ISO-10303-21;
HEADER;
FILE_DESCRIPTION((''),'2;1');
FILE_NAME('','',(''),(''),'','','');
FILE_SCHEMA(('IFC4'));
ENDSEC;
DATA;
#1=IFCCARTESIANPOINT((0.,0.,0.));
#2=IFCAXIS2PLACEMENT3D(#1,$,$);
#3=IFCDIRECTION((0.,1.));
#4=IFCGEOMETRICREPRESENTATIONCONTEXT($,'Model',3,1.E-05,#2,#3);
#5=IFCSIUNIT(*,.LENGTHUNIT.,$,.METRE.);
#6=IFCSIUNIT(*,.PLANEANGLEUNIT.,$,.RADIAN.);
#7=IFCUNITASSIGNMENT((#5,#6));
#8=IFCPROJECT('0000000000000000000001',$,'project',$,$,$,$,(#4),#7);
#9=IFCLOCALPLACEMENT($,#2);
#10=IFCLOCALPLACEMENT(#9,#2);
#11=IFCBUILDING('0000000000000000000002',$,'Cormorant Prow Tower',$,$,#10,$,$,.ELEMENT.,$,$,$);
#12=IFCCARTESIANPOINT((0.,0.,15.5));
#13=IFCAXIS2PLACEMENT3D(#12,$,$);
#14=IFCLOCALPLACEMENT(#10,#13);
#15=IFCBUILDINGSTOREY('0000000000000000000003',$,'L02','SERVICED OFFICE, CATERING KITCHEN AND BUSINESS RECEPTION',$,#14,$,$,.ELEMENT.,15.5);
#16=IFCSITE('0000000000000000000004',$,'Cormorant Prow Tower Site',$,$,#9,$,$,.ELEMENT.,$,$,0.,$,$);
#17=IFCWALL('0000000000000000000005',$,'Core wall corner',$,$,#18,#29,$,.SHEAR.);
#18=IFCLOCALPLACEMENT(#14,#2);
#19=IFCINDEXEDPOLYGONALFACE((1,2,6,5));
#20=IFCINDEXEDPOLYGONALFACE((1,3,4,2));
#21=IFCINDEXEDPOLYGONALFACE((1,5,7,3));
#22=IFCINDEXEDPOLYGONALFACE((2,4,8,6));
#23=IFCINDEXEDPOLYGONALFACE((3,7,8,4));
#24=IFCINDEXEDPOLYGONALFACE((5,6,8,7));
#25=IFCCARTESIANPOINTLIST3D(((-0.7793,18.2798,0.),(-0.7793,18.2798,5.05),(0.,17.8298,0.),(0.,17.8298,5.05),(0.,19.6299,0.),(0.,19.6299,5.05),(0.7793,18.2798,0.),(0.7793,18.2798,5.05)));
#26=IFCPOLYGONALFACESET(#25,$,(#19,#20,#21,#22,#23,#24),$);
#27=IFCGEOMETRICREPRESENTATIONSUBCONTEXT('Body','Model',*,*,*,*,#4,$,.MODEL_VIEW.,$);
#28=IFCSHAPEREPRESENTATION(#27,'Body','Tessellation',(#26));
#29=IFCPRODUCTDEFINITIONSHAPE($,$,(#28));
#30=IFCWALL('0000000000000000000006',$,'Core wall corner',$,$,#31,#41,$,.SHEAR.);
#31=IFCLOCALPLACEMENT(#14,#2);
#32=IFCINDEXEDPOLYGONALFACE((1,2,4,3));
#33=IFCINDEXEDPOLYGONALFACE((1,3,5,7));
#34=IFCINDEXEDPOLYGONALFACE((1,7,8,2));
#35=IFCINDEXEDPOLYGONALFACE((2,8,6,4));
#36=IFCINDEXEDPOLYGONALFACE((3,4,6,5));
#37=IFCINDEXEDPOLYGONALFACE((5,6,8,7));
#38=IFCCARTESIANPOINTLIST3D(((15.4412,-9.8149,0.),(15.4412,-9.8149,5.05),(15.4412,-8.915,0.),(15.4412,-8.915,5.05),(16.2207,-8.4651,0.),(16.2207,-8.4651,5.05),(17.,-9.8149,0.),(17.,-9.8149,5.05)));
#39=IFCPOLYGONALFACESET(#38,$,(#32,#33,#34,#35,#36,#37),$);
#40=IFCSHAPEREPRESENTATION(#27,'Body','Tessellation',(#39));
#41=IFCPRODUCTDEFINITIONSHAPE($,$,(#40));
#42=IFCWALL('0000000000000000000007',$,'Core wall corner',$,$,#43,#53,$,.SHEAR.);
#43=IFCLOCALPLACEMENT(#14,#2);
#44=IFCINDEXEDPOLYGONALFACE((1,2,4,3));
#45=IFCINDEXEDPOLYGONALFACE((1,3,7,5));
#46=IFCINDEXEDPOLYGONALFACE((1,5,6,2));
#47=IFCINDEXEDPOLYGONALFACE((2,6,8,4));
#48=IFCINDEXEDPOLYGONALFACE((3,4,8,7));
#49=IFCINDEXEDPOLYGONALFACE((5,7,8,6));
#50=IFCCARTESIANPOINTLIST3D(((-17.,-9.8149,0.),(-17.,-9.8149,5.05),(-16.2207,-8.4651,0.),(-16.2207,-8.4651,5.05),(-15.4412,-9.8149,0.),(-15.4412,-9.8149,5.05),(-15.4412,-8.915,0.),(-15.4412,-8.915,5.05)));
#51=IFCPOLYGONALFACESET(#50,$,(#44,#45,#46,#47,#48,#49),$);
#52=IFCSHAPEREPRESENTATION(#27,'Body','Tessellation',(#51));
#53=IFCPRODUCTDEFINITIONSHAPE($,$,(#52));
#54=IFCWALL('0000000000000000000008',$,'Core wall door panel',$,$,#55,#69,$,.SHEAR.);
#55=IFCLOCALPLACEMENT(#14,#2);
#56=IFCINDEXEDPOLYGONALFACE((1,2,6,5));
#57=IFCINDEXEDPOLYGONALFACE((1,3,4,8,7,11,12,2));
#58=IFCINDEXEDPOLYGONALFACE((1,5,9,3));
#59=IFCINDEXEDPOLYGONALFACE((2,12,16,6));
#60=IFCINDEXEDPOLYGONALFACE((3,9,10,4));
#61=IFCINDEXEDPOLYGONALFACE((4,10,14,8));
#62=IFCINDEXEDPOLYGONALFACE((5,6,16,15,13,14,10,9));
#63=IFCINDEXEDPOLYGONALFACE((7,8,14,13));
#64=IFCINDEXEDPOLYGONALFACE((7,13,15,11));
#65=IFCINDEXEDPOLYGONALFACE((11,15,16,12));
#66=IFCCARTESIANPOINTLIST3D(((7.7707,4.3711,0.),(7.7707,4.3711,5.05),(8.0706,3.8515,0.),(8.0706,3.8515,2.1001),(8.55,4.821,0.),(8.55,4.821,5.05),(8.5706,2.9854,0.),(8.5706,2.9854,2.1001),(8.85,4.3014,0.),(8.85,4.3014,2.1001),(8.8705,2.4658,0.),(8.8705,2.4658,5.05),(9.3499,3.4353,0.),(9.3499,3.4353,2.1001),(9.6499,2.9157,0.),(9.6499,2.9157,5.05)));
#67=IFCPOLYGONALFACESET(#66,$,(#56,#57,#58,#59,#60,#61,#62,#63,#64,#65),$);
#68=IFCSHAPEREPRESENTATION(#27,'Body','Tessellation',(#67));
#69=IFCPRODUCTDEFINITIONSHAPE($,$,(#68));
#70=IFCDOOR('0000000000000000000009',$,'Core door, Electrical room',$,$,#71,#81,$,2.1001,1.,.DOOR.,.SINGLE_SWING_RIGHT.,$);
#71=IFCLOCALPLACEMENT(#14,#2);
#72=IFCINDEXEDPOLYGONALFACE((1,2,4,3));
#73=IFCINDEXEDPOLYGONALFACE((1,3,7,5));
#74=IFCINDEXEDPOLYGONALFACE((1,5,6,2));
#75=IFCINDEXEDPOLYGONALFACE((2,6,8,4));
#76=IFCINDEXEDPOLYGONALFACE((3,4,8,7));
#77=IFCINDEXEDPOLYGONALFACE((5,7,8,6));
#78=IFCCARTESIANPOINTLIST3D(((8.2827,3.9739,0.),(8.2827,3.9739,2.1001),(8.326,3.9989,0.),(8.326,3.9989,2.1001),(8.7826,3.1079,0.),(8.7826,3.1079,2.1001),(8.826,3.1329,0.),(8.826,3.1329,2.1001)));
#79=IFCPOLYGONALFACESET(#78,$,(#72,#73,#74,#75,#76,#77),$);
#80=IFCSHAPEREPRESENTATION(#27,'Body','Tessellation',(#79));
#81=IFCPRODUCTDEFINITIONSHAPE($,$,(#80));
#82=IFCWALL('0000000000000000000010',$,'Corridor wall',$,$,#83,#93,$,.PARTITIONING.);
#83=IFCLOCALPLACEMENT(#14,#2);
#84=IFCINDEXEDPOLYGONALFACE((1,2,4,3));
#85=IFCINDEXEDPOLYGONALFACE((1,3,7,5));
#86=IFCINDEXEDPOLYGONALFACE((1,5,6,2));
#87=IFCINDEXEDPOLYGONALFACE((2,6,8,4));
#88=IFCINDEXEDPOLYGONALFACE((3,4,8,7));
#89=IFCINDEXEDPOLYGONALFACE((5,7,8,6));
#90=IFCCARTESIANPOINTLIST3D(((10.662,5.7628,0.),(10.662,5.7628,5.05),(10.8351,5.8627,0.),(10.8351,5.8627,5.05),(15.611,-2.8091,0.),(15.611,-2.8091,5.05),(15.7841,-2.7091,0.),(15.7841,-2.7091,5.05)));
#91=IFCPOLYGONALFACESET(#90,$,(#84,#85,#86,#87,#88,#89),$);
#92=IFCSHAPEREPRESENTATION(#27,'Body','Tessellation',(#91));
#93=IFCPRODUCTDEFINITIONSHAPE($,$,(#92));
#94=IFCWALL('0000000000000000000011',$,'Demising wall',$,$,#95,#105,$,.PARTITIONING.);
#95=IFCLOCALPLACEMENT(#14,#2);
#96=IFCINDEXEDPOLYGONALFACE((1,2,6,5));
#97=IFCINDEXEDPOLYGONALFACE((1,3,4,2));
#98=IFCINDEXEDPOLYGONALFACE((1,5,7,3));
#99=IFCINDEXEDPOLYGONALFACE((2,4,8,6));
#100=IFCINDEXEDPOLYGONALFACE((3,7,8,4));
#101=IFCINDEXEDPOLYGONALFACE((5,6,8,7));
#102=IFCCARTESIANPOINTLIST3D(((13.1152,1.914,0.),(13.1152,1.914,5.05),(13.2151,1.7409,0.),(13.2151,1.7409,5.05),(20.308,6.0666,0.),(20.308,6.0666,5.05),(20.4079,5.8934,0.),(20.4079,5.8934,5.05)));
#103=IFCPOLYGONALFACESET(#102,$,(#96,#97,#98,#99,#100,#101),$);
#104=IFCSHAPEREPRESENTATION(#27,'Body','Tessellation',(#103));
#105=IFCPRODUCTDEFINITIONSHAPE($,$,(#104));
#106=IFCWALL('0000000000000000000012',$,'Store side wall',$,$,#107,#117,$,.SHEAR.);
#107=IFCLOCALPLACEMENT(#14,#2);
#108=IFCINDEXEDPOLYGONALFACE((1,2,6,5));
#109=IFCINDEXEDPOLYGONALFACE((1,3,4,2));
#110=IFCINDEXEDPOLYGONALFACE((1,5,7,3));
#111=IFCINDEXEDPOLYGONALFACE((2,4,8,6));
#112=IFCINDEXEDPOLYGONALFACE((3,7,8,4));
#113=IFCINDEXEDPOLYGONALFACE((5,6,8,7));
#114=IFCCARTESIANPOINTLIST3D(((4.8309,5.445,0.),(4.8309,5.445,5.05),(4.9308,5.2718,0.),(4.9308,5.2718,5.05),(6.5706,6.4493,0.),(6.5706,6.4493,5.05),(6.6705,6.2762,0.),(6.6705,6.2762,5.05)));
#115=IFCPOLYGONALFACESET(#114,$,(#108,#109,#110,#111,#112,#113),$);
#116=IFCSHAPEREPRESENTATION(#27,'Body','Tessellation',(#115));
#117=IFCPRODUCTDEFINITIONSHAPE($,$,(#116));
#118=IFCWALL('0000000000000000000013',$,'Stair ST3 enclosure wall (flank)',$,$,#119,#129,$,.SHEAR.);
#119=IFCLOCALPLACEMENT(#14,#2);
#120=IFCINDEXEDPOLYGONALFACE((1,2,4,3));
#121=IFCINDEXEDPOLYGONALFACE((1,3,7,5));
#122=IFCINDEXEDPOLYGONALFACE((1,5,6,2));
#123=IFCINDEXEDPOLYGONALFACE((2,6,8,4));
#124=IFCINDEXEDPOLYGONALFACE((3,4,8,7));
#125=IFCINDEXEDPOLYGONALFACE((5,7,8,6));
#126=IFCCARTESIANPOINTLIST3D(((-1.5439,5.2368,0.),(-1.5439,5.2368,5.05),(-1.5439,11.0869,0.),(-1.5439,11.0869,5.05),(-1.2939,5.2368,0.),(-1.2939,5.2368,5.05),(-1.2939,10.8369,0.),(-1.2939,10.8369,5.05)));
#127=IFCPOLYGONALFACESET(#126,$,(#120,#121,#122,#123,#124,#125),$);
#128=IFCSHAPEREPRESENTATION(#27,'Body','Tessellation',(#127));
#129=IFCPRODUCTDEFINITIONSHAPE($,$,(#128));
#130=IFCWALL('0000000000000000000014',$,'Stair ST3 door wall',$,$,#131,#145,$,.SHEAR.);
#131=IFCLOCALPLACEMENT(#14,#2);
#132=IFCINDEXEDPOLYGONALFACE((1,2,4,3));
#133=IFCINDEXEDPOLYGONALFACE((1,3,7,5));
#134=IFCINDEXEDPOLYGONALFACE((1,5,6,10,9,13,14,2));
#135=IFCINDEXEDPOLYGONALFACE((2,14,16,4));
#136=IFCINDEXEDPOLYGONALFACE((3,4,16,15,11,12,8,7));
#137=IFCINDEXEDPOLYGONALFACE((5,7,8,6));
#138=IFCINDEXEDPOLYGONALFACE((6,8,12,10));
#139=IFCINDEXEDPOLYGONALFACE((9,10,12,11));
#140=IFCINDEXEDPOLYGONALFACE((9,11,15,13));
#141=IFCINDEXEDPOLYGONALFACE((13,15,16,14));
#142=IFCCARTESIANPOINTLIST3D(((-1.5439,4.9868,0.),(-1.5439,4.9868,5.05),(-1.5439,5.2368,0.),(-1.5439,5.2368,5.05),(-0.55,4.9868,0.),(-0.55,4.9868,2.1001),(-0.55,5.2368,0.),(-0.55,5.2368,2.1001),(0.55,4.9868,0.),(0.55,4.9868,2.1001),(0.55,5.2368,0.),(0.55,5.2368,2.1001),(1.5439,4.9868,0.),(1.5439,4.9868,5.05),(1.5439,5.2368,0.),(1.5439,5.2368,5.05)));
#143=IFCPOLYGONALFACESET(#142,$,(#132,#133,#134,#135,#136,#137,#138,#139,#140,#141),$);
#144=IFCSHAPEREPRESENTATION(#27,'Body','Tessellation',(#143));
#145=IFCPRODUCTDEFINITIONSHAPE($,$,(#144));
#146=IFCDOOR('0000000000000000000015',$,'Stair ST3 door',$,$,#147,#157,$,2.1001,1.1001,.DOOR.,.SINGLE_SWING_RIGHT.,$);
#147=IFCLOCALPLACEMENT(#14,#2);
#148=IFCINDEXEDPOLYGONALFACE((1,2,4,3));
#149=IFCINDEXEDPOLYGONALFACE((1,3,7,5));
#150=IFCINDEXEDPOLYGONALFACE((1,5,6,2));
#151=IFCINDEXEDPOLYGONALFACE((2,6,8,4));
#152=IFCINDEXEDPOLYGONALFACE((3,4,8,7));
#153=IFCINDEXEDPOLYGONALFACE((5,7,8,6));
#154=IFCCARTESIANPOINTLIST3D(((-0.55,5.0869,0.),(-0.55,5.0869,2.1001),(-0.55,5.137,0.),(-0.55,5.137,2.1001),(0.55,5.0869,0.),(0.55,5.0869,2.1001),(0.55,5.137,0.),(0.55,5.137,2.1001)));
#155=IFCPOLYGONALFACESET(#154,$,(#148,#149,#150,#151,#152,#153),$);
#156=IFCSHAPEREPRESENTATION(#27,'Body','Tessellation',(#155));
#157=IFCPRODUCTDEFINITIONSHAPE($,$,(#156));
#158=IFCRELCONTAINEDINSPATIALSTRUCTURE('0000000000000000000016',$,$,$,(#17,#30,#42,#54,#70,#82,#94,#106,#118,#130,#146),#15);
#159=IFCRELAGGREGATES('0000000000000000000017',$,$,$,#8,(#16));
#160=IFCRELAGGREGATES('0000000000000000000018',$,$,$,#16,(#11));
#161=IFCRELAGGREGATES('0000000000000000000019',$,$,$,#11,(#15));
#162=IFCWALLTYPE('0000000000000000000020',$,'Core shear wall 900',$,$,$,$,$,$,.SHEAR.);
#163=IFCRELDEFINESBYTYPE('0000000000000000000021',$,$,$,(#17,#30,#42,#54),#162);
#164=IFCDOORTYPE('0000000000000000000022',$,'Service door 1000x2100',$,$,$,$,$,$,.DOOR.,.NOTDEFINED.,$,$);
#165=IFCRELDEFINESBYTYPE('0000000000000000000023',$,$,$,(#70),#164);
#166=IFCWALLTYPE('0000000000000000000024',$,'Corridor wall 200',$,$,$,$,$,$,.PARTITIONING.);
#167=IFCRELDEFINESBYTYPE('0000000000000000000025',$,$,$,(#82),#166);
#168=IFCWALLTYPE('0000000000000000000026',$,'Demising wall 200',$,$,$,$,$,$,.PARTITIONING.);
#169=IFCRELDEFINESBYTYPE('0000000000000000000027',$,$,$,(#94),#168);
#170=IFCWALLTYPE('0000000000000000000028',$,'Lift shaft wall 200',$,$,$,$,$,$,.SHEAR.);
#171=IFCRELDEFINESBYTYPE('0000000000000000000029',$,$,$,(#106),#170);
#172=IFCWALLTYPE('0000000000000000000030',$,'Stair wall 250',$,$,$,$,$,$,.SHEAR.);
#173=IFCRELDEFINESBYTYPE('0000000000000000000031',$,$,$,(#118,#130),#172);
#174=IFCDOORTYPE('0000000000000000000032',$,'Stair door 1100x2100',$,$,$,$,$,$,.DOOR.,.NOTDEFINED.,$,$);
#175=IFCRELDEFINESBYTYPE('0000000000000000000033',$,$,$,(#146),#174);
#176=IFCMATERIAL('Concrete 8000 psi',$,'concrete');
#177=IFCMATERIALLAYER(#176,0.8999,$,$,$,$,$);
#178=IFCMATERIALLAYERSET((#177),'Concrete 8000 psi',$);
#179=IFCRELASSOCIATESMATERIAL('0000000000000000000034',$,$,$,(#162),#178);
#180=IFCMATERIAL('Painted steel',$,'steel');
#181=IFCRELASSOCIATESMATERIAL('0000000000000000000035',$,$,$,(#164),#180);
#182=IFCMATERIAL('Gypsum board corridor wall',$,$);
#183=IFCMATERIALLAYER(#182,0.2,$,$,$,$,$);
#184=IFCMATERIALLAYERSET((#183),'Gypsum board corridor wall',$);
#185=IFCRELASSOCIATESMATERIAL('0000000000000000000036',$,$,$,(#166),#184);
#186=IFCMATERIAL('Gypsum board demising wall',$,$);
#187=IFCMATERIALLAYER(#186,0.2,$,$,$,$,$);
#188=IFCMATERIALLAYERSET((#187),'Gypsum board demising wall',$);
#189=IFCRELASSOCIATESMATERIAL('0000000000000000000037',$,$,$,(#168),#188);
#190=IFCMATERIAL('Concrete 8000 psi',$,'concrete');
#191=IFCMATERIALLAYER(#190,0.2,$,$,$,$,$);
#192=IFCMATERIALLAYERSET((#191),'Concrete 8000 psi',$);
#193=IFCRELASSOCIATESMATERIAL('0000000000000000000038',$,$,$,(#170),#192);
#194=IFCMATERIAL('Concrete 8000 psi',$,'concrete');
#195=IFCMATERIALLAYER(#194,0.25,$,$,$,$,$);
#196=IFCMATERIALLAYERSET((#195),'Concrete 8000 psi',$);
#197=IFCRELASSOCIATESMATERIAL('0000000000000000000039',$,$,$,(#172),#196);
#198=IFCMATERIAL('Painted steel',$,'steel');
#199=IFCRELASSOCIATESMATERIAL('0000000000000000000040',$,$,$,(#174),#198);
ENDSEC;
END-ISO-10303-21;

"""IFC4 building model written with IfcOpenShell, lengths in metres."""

from ifc_helpers import new_model, si_unit, direction, frame, frame_2d, origin, place, context, subcontext, project, spatial, polyline, rectangle, outline, extrude, material, layer, layer_set, type_object, element, fill, save


model = new_model("IFC4")

# Units and contexts
model_context = context("Model", 3, precision=1e-05, world=origin(), true_north=direction((0.0, 1.0)))
body_context = subcontext(model_context, "Body", "Model", "MODEL_VIEW")
ifc_project = project(units=[si_unit("LENGTHUNIT", "METRE"), si_unit("PLANEANGLEUNIT", "RADIAN")], contexts=[model_context])

# Site, building, storey
site_placement = place(None, origin())
site = spatial("IfcSite", under=ifc_project, at=site_placement, Name="Cormorant Prow Tower Site", CompositionType="ELEMENT", RefElevation=0.0)
building_placement = place(site_placement, origin())
building = spatial("IfcBuilding", under=site, at=building_placement, Name="Cormorant Prow Tower", CompositionType="ELEMENT")
storey_placement = place(building_placement, frame((0.0, 0.0, 15.5)))
storey = spatial("IfcBuildingStorey", under=building, at=storey_placement, Name="L02", Description="SERVICED OFFICE, CATERING KITCHEN AND BUSINESS RECEPTION", CompositionType="ELEMENT", Elevation=15.5)

# Walls
ifc_material_1 = material(Name="Concrete 8000 psi", Category="concrete")
ifc_layer_1 = layer(ifc_material_1, 0.8999)
ifc_layer_set_1 = layer_set([ifc_layer_1], Name="Concrete 8000 psi")
wall_type_1 = type_object("IfcWallType", Name="Core shear wall 900", PredefinedType="SHEAR", material=ifc_layer_set_1)
wall_1_placement = place(storey_placement, origin())
element("IfcWall", 1, at=wall_1_placement, inside=storey, type_object=wall_type_1, Name="Core wall corner", PredefinedType="SHEAR", context=body_context, shape_type="SweptSolid", body=[
    extrude(outline(polyline([(-0.7793, 18.2798), (0.0, 19.6299), (0.7793, 18.2798), (0.0, 17.8298), (-0.7793, 18.2798)])), origin(), (0.0, 0.0, 1.0), 5.05),
])
wall_2_placement = place(storey_placement, origin())
element("IfcWall", 2, at=wall_2_placement, inside=storey, type_object=wall_type_1, Name="Core wall corner", PredefinedType="SHEAR", context=body_context, shape_type="SweptSolid", body=[
    extrude(outline(polyline([(15.4412, -9.8149), (15.4412, -8.915), (16.2207, -8.4651), (17.0, -9.8149), (15.4412, -9.8149)])), origin(), (0.0, 0.0, 1.0), 5.05),
])
wall_3_placement = place(storey_placement, origin())
element("IfcWall", 3, at=wall_3_placement, inside=storey, type_object=wall_type_1, Name="Core wall corner", PredefinedType="SHEAR", context=body_context, shape_type="SweptSolid", body=[
    extrude(outline(polyline([(-16.2207, -8.4651), (-15.4412, -8.915), (-15.4412, -9.8149), (-17.0, -9.8149), (-16.2207, -8.4651)])), origin(), (0.0, 0.0, 1.0), 5.05),
])

# Wall, opening, door
wall_4_placement = place(storey_placement, frame((9.2603, 2.6907, 0.0), z_axis=(0.0, 0.0, 1.0), x_axis=(-0.499947, 0.866056, 0.0)))
wall_4 = element("IfcWall", 4, at=wall_4_placement, inside=storey, type_object=wall_type_1, Name="Core wall door panel", PredefinedType="SHEAR", context=body_context, shape_type="SweptSolid", body=[
    extrude(rectangle(XDim=2.2, YDim=0.8999, at=frame_2d((1.1001, 0.0))), origin(), (0.0, 0.0, 1.0), 5.05),
])
opening_1_placement = place(wall_4_placement, frame((0.6001, 0.0, 0.0)))
opening_1 = element("IfcOpeningElement", 5, at=opening_1_placement, cuts=wall_4, PredefinedType="OPENING", context=body_context, shape_type="SweptSolid", body=[
    extrude(rectangle(XDim=1.0, YDim=2.1001, at=frame_2d((0.5, 1.05))), frame((0.0, 0.46, 0.0), z_axis=(0.0, -1.0, 0.0), x_axis=(1.0, 0.0, 0.0)), (0.0, 0.0, 1.0), 0.9199),
])
ifc_material_2 = material(Name="Painted steel", Category="steel")
door_type_1 = type_object("IfcDoorType", Name="Service door 1000x2100", OperationType="NOTDEFINED", PredefinedType="DOOR", material=ifc_material_2)
door_1_placement = place(opening_1_placement, origin())
door_1 = element("IfcDoor", 6, at=door_1_placement, inside=storey, type_object=door_type_1, Name="Core door, Electrical room", OperationType="SINGLE_SWING_RIGHT", OverallHeight=2.1001, OverallWidth=1.0, PredefinedType="DOOR", context=body_context, shape_type="SweptSolid", body=[
    extrude(rectangle(XDim=1.0, YDim=2.1001, at=frame_2d((0.5, 1.05))), frame((0.0, 0.2051, 0.0), z_axis=(0.0, -1.0, 0.0), x_axis=(1.0, 0.0, 0.0)), (0.0, 0.0, 1.0), 0.05),
])
fill(opening_1, door_1)

# Walls
ifc_material_3 = material(Name="Gypsum board corridor wall")
ifc_layer_2 = layer(ifc_material_3, 0.2)
ifc_layer_set_2 = layer_set([ifc_layer_2], Name="Gypsum board corridor wall")
wall_type_2 = type_object("IfcWallType", Name="Corridor wall 200", PredefinedType="PARTITIONING", material=ifc_layer_set_2)
wall_5_placement = place(storey_placement, frame((10.7485, 5.8127, 0.0), z_axis=(0.0, 0.0, 1.0), x_axis=(0.500004, -0.866023, 0.0)))
element("IfcWall", 7, at=wall_5_placement, inside=storey, type_object=wall_type_2, Name="Corridor wall", PredefinedType="PARTITIONING", context=body_context, shape_type="SweptSolid", body=[
    extrude(rectangle(XDim=9.8979, YDim=0.2, at=frame_2d((4.949, 0.0))), origin(), (0.0, 0.0, 1.0), 5.05),
])
ifc_material_4 = material(Name="Gypsum board demising wall")
ifc_layer_3 = layer(ifc_material_4, 0.2)
ifc_layer_set_3 = layer_set([ifc_layer_3], Name="Gypsum board demising wall")
wall_type_3 = type_object("IfcWallType", Name="Demising wall 200", PredefinedType="PARTITIONING", material=ifc_layer_set_3)
wall_6_placement = place(storey_placement, frame((13.165, 1.8274, 0.0), z_axis=(0.0, 0.0, 1.0), x_axis=(0.866037, 0.49998, 0.0)))
element("IfcWall", 8, at=wall_6_placement, inside=storey, type_object=wall_type_3, Name="Demising wall", PredefinedType="PARTITIONING", context=body_context, shape_type="SweptSolid", body=[
    extrude(rectangle(XDim=8.3054, YDim=0.2, at=frame_2d((4.1528, 0.0))), origin(), (0.0, 0.0, 1.0), 5.05),
])
ifc_material_5 = material(Name="Concrete 8000 psi", Category="concrete")
ifc_layer_4 = layer(ifc_material_5, 0.2)
ifc_layer_set_4 = layer_set([ifc_layer_4], Name="Concrete 8000 psi")
wall_type_4 = type_object("IfcWallType", Name="Lift shaft wall 200", PredefinedType="SHEAR", material=ifc_layer_set_4)
wall_7_placement = place(storey_placement, frame((4.8809, 5.3584, 0.0), z_axis=(0.0, 0.0, 1.0), x_axis=(0.866036, 0.499982, 0.0)))
element("IfcWall", 9, at=wall_7_placement, inside=storey, type_object=wall_type_4, Name="Store side wall", PredefinedType="SHEAR", context=body_context, shape_type="SweptSolid", body=[
    extrude(rectangle(XDim=2.0088, YDim=0.2, at=frame_2d((1.0044, 0.0))), origin(), (0.0, 0.0, 1.0), 5.05),
])
ifc_material_6 = material(Name="Concrete 8000 psi", Category="concrete")
ifc_layer_5 = layer(ifc_material_6, 0.25)
ifc_layer_set_5 = layer_set([ifc_layer_5], Name="Concrete 8000 psi")
wall_type_5 = type_object("IfcWallType", Name="Stair wall 250", PredefinedType="SHEAR", material=ifc_layer_set_5)
wall_8_placement = place(storey_placement, origin())
element("IfcWall", 10, at=wall_8_placement, inside=storey, type_object=wall_type_5, Name="Stair ST3 enclosure wall (flank)", PredefinedType="SHEAR", context=body_context, shape_type="SweptSolid", body=[
    extrude(outline(polyline([(-1.2939, 10.8369), (-1.5439, 11.0869), (-1.5439, 5.2368), (-1.2939, 5.2368), (-1.2939, 10.8369)])), origin(), (0.0, 0.0, 1.0), 5.05),
])

# Wall, opening, door
wall_9_placement = place(storey_placement, frame((1.5439, 5.1118, 0.0), z_axis=(0.0, 0.0, 1.0), x_axis=(-1.0, 0.0, 0.0)))
wall_9 = element("IfcWall", 11, at=wall_9_placement, inside=storey, type_object=wall_type_5, Name="Stair ST3 door wall", PredefinedType="SHEAR", context=body_context, shape_type="SweptSolid", body=[
    extrude(rectangle(XDim=3.0879, YDim=0.25, at=frame_2d((1.5439, 0.0))), origin(), (0.0, 0.0, 1.0), 5.05),
])
opening_2_placement = place(wall_9_placement, frame((0.9939, 0.0, 0.0)))
opening_2 = element("IfcOpeningElement", 12, at=opening_2_placement, cuts=wall_9, PredefinedType="OPENING", context=body_context, shape_type="SweptSolid", body=[
    extrude(rectangle(XDim=1.1001, YDim=2.1001, at=frame_2d((0.55, 1.05))), frame((0.0, 0.135, 0.0), z_axis=(0.0, -1.0, 0.0), x_axis=(1.0, 0.0, 0.0)), (0.0, 0.0, 1.0), 0.27),
])
ifc_material_7 = material(Name="Painted steel", Category="steel")
door_type_2 = type_object("IfcDoorType", Name="Stair door 1100x2100", OperationType="NOTDEFINED", PredefinedType="DOOR", material=ifc_material_7)
door_2_placement = place(opening_2_placement, origin())
door_2 = element("IfcDoor", 13, at=door_2_placement, inside=storey, type_object=door_type_2, Name="Stair ST3 door", OperationType="SINGLE_SWING_RIGHT", OverallHeight=2.1001, OverallWidth=1.1001, PredefinedType="DOOR", context=body_context, shape_type="SweptSolid", body=[
    extrude(rectangle(XDim=1.1001, YDim=2.1001, at=frame_2d((0.55, 1.05))), frame((0.0, 0.0249, 0.0), z_axis=(0.0, -1.0, 0.0), x_axis=(1.0, 0.0, 0.0)), (0.0, 0.0, 1.0), 0.05),
])
fill(opening_2, door_2)

save(model, "model.ifc")
